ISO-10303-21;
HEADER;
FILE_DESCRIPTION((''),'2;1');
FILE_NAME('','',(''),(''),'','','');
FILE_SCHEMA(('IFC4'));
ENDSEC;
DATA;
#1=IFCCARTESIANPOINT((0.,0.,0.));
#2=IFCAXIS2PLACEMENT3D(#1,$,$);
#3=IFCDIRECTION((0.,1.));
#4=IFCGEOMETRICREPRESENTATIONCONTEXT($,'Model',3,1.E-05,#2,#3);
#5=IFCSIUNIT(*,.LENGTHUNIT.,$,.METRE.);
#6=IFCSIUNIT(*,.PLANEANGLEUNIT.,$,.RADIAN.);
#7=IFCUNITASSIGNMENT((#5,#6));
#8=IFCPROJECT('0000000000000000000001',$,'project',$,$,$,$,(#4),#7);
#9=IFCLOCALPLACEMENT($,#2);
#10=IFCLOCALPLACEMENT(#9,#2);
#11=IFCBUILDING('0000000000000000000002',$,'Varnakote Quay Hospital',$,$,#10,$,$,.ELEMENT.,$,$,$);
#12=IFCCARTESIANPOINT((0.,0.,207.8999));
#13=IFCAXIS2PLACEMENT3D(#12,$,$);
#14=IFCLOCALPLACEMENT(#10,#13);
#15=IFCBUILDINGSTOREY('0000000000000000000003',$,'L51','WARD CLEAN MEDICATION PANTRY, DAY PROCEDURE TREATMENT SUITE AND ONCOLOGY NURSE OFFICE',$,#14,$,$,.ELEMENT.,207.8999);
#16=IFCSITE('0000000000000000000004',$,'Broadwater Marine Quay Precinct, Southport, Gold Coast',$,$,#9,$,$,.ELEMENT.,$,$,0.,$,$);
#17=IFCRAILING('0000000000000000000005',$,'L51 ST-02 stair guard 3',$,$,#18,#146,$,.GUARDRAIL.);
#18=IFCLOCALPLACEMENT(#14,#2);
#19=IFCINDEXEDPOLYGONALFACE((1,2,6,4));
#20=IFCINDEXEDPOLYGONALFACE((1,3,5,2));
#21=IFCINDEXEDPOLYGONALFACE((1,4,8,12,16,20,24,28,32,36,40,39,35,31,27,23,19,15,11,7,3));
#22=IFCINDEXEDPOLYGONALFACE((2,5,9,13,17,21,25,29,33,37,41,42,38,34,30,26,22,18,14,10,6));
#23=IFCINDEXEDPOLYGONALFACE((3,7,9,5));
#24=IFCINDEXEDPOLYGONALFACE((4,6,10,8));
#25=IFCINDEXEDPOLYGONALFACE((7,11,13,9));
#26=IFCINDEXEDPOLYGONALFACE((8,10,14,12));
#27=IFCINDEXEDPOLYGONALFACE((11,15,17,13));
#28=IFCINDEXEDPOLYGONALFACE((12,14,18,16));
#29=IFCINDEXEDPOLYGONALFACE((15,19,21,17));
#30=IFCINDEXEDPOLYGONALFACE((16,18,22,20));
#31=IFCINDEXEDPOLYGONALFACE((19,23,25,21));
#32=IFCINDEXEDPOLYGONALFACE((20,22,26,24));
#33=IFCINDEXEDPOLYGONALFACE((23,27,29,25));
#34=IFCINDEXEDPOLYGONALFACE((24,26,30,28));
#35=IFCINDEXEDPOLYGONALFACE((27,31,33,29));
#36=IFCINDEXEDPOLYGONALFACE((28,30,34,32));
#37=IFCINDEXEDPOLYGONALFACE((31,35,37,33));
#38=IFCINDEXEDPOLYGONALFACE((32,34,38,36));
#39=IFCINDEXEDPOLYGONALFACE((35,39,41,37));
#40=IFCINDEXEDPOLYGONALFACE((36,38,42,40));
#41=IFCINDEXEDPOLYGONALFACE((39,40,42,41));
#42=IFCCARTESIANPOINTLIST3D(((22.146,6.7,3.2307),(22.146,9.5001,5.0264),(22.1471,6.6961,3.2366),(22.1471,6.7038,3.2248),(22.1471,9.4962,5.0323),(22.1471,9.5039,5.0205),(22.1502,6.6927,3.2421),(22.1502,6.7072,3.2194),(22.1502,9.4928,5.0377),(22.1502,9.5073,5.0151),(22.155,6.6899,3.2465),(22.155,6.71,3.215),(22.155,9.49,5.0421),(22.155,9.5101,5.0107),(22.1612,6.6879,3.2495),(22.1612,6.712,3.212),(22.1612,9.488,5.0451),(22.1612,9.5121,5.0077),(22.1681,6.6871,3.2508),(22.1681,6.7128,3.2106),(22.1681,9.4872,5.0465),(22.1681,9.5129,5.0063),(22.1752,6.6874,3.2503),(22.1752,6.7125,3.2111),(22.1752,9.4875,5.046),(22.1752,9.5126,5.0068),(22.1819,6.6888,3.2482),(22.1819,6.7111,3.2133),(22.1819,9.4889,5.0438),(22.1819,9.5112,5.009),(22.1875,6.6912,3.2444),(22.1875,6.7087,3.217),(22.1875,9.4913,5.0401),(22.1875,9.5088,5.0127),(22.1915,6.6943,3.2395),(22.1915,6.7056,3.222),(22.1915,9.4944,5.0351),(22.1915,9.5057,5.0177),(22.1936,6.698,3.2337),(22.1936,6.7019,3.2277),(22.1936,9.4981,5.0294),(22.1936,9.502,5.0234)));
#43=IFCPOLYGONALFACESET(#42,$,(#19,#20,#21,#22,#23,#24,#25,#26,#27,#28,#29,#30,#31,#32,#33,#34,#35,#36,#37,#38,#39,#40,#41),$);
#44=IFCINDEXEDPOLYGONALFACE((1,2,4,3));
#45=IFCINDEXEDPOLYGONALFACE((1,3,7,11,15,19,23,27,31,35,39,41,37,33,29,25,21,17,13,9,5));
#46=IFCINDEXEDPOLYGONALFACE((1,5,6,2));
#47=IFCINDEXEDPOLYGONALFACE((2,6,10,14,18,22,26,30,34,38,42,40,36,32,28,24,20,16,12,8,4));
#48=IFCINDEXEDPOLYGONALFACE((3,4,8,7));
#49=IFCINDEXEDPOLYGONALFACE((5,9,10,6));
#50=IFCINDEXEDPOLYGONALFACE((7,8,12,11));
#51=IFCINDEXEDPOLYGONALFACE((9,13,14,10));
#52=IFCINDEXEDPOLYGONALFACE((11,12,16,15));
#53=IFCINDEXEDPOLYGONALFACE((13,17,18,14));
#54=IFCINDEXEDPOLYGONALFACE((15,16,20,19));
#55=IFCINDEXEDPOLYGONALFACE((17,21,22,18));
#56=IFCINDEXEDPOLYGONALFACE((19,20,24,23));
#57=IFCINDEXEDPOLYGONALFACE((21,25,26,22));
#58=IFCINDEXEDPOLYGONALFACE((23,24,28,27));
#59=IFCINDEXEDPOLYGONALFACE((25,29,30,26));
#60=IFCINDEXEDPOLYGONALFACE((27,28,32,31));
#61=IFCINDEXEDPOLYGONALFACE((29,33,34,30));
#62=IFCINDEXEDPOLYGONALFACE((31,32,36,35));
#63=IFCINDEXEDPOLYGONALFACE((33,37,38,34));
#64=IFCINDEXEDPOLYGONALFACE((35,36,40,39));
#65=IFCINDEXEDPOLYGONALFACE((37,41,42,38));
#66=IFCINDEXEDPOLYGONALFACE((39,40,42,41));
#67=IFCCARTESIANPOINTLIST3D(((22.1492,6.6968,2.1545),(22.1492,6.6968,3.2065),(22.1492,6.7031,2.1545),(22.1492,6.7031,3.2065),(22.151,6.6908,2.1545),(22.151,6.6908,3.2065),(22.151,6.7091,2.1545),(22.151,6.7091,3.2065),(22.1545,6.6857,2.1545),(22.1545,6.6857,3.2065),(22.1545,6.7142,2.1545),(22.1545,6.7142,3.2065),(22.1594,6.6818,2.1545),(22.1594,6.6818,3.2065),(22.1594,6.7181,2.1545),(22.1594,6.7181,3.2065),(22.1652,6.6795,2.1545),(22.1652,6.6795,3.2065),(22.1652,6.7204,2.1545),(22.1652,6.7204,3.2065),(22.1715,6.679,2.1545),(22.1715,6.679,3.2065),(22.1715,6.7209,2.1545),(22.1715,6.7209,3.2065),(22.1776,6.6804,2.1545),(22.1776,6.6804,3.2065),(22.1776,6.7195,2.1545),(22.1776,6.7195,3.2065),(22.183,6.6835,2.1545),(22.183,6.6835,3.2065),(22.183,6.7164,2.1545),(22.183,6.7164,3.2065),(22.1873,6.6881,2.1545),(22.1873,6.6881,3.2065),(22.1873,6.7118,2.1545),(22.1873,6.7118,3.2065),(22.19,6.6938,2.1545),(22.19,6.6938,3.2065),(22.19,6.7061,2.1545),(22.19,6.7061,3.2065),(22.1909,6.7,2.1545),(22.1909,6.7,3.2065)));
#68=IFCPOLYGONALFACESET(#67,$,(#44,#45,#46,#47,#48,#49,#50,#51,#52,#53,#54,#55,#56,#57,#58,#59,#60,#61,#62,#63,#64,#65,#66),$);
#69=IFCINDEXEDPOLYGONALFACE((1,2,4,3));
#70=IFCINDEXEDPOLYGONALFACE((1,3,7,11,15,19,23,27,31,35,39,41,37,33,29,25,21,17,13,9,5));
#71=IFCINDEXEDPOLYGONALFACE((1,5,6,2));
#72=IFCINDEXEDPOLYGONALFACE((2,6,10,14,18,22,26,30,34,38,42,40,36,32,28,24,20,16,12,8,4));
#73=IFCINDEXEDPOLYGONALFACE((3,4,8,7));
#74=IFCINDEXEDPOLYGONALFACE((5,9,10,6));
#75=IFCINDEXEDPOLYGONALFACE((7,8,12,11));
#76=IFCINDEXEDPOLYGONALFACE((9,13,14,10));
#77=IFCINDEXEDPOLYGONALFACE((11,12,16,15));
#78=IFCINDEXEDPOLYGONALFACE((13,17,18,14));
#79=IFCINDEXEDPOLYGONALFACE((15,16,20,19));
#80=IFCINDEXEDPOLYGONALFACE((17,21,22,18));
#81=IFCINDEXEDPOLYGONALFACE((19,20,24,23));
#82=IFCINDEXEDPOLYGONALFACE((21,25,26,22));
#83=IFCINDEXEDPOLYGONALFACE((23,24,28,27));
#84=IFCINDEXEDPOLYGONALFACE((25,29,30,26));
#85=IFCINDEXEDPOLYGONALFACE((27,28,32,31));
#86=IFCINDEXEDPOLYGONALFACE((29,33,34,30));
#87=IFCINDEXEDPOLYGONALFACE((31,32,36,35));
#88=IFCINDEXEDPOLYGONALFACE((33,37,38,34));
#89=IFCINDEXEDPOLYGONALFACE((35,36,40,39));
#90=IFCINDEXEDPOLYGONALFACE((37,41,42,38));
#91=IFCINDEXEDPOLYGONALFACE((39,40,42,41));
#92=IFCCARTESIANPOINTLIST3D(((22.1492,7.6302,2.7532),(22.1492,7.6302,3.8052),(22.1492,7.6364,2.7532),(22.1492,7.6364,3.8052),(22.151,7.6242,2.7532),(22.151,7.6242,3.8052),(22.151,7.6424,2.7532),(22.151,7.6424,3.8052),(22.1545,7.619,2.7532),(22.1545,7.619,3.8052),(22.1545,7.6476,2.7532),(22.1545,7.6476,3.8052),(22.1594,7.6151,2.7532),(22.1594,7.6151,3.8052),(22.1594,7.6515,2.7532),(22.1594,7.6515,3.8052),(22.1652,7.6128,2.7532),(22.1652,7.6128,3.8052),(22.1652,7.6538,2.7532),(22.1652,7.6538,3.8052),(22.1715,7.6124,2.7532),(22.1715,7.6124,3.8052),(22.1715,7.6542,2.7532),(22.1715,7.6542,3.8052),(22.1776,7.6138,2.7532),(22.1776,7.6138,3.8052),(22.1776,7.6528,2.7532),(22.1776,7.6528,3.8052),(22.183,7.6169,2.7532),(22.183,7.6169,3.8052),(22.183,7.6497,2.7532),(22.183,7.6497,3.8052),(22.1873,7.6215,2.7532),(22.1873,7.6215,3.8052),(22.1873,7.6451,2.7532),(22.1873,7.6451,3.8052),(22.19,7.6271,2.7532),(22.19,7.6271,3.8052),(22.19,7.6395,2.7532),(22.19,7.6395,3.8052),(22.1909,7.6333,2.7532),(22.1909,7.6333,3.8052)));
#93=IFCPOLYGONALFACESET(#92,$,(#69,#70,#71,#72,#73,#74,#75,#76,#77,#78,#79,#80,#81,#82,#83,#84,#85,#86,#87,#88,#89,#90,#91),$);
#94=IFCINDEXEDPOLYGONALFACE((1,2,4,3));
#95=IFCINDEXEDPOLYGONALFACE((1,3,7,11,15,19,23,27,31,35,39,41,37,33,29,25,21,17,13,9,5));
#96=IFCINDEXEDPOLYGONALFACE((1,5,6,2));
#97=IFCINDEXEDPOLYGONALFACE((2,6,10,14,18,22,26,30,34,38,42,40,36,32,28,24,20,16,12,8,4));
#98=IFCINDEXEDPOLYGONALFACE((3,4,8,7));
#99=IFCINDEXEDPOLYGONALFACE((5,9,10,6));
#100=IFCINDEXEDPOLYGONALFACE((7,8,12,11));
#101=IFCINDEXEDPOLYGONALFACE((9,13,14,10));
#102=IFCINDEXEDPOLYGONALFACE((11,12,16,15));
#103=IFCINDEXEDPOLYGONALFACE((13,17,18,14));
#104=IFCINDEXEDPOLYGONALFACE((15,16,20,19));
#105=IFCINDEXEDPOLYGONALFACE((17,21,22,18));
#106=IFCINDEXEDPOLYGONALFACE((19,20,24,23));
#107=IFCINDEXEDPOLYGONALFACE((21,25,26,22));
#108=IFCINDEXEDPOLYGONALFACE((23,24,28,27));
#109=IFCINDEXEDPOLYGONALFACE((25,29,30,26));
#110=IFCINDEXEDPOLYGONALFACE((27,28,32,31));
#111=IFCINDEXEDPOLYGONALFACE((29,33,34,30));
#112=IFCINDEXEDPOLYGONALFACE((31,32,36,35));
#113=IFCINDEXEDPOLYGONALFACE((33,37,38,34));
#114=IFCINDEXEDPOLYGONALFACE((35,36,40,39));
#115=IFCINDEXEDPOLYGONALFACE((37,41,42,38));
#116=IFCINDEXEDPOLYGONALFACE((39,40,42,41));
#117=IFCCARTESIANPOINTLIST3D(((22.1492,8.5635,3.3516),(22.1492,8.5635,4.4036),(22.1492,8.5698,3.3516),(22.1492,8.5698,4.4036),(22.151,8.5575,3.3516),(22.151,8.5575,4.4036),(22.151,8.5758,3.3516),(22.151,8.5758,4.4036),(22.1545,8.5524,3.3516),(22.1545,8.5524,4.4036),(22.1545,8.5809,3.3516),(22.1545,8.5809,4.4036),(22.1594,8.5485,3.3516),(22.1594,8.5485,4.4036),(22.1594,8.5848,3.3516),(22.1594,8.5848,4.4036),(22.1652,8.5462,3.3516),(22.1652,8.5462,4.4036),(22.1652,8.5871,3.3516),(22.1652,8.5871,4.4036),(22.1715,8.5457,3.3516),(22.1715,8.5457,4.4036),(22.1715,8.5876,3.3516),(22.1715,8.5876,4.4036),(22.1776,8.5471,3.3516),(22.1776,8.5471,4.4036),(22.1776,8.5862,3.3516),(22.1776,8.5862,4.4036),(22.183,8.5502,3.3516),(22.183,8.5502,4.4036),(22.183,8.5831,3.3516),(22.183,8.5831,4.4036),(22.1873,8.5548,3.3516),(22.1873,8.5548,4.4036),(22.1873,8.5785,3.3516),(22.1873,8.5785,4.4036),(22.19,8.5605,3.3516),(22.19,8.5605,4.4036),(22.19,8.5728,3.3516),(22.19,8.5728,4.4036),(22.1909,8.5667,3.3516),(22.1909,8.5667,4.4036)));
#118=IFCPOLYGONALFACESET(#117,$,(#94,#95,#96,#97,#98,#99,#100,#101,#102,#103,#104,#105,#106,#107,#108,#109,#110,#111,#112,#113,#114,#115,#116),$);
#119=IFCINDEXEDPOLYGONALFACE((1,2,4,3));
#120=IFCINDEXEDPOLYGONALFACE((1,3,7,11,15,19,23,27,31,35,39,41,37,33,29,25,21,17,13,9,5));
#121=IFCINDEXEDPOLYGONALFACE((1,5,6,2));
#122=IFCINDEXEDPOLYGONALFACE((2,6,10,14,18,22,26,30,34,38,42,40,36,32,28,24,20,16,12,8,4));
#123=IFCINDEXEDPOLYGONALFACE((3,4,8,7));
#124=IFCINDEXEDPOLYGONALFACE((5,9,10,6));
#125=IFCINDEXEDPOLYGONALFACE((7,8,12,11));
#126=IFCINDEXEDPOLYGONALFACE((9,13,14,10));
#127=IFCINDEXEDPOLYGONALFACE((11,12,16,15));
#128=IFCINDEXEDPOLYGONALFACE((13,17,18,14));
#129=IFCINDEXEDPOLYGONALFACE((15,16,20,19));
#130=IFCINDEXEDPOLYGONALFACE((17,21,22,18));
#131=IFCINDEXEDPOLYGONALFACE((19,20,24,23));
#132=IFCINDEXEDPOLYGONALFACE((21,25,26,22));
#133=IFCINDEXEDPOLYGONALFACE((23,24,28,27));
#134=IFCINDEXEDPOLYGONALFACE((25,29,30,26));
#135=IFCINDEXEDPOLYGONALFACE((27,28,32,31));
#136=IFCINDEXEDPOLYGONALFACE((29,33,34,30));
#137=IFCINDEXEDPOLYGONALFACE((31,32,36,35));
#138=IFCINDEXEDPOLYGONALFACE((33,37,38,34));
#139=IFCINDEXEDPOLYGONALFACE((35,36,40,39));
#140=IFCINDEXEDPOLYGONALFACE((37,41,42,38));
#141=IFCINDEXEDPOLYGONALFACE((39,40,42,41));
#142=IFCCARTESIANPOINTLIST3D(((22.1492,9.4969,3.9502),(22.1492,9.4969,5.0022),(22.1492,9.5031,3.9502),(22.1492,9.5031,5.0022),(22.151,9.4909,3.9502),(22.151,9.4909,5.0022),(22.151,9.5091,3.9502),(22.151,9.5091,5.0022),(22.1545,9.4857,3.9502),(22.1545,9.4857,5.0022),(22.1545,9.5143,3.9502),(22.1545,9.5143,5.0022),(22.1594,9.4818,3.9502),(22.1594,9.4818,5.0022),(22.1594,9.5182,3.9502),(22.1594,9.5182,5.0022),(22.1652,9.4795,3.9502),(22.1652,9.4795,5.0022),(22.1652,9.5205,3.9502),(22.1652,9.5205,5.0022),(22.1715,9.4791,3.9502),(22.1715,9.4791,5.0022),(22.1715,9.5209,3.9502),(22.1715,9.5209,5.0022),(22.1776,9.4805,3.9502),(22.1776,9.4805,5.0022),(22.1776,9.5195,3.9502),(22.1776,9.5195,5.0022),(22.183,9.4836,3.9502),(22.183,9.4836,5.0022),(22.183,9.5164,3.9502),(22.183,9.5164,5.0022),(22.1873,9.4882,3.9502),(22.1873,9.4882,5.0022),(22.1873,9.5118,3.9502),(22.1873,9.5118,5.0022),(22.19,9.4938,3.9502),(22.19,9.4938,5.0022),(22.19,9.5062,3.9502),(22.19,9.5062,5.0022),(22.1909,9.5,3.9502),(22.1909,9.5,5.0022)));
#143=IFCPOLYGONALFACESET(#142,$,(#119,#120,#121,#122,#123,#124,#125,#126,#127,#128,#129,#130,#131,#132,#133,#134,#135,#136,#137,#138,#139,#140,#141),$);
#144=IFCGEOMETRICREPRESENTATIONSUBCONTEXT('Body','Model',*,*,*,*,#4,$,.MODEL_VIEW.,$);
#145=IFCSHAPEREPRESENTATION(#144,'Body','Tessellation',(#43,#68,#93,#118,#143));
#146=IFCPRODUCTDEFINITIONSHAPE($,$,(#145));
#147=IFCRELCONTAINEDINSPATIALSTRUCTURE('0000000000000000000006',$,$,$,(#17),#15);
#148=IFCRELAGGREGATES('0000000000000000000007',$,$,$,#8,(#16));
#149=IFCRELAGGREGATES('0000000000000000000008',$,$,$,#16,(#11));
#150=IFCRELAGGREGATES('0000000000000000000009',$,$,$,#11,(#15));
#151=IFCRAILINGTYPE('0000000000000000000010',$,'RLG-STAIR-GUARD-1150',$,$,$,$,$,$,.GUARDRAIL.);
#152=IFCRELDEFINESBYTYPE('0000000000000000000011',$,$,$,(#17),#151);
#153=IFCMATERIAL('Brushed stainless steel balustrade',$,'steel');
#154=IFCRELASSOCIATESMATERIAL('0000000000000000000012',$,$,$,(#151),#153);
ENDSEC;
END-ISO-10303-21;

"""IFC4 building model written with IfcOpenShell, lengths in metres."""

from ifc_helpers import new_model, si_unit, direction, frame, origin, origin_2d, place, context, subcontext, project, spatial, circle, extrude, material, type_object, element, save


model = new_model("IFC4")

# Units and contexts
model_context = context("Model", 3, precision=1e-05, world=origin(), true_north=direction((0.0, 1.0)))
body_context = subcontext(model_context, "Body", "Model", "MODEL_VIEW")
ifc_project = project(units=[si_unit("LENGTHUNIT", "METRE"), si_unit("PLANEANGLEUNIT", "RADIAN")], contexts=[model_context])

# Site, building, storey
site_placement = place(None, origin())
site = spatial("IfcSite", under=ifc_project, at=site_placement, Name="Broadwater Marine Quay Precinct, Southport, Gold Coast", CompositionType="ELEMENT", RefElevation=0.0)
building_placement = place(site_placement, origin())
building = spatial("IfcBuilding", under=site, at=building_placement, Name="Varnakote Quay Hospital", CompositionType="ELEMENT")
storey_placement = place(building_placement, frame((0.0, 0.0, 207.8999)))
storey = spatial("IfcBuildingStorey", under=building, at=storey_placement, Name="L51", Description="WARD CLEAN MEDICATION PANTRY, DAY PROCEDURE TREATMENT SUITE AND ONCOLOGY NURSE OFFICE", CompositionType="ELEMENT", Elevation=207.8999)

# Railing
ifc_material_1 = material(Name="Brushed stainless steel balustrade", Category="steel")
railing_type_1 = type_object("IfcRailingType", Name="RLG-STAIR-GUARD-1150", PredefinedType="GUARDRAIL", material=ifc_material_1)
railing_1_placement = place(storey_placement, frame((22.1699, 6.7, 2.1545)))
element("IfcRailing", 1, at=railing_1_placement, inside=storey, type_object=railing_type_1, Name="L51 ST-02 stair guard 3", PredefinedType="GUARDRAIL", context=body_context, shape_type="SweptSolid", body=[
    extrude(circle(Radius=0.0239, at=origin_2d()), frame((0.0, 0.0, 1.0762), z_axis=(0.0, 0.841777, 0.539826), x_axis=(-1.0, 0.0, 0.0)), (0.0, 0.0, 1.0), 3.3264),
    extrude(circle(Radius=0.021, at=origin_2d()), origin(), (0.0, 0.0, 1.0), 1.052),
    extrude(circle(Radius=0.021, at=origin_2d()), frame((0.0, 0.9333, 0.5986)), (0.0, 0.0, 1.0), 1.052),
    extrude(circle(Radius=0.021, at=origin_2d()), frame((0.0, 1.8667, 1.197)), (0.0, 0.0, 1.0), 1.052),
    extrude(circle(Radius=0.021, at=origin_2d()), frame((0.0, 2.8, 1.7957)), (0.0, 0.0, 1.0), 1.052),
])

save(model, "model.ifc")
